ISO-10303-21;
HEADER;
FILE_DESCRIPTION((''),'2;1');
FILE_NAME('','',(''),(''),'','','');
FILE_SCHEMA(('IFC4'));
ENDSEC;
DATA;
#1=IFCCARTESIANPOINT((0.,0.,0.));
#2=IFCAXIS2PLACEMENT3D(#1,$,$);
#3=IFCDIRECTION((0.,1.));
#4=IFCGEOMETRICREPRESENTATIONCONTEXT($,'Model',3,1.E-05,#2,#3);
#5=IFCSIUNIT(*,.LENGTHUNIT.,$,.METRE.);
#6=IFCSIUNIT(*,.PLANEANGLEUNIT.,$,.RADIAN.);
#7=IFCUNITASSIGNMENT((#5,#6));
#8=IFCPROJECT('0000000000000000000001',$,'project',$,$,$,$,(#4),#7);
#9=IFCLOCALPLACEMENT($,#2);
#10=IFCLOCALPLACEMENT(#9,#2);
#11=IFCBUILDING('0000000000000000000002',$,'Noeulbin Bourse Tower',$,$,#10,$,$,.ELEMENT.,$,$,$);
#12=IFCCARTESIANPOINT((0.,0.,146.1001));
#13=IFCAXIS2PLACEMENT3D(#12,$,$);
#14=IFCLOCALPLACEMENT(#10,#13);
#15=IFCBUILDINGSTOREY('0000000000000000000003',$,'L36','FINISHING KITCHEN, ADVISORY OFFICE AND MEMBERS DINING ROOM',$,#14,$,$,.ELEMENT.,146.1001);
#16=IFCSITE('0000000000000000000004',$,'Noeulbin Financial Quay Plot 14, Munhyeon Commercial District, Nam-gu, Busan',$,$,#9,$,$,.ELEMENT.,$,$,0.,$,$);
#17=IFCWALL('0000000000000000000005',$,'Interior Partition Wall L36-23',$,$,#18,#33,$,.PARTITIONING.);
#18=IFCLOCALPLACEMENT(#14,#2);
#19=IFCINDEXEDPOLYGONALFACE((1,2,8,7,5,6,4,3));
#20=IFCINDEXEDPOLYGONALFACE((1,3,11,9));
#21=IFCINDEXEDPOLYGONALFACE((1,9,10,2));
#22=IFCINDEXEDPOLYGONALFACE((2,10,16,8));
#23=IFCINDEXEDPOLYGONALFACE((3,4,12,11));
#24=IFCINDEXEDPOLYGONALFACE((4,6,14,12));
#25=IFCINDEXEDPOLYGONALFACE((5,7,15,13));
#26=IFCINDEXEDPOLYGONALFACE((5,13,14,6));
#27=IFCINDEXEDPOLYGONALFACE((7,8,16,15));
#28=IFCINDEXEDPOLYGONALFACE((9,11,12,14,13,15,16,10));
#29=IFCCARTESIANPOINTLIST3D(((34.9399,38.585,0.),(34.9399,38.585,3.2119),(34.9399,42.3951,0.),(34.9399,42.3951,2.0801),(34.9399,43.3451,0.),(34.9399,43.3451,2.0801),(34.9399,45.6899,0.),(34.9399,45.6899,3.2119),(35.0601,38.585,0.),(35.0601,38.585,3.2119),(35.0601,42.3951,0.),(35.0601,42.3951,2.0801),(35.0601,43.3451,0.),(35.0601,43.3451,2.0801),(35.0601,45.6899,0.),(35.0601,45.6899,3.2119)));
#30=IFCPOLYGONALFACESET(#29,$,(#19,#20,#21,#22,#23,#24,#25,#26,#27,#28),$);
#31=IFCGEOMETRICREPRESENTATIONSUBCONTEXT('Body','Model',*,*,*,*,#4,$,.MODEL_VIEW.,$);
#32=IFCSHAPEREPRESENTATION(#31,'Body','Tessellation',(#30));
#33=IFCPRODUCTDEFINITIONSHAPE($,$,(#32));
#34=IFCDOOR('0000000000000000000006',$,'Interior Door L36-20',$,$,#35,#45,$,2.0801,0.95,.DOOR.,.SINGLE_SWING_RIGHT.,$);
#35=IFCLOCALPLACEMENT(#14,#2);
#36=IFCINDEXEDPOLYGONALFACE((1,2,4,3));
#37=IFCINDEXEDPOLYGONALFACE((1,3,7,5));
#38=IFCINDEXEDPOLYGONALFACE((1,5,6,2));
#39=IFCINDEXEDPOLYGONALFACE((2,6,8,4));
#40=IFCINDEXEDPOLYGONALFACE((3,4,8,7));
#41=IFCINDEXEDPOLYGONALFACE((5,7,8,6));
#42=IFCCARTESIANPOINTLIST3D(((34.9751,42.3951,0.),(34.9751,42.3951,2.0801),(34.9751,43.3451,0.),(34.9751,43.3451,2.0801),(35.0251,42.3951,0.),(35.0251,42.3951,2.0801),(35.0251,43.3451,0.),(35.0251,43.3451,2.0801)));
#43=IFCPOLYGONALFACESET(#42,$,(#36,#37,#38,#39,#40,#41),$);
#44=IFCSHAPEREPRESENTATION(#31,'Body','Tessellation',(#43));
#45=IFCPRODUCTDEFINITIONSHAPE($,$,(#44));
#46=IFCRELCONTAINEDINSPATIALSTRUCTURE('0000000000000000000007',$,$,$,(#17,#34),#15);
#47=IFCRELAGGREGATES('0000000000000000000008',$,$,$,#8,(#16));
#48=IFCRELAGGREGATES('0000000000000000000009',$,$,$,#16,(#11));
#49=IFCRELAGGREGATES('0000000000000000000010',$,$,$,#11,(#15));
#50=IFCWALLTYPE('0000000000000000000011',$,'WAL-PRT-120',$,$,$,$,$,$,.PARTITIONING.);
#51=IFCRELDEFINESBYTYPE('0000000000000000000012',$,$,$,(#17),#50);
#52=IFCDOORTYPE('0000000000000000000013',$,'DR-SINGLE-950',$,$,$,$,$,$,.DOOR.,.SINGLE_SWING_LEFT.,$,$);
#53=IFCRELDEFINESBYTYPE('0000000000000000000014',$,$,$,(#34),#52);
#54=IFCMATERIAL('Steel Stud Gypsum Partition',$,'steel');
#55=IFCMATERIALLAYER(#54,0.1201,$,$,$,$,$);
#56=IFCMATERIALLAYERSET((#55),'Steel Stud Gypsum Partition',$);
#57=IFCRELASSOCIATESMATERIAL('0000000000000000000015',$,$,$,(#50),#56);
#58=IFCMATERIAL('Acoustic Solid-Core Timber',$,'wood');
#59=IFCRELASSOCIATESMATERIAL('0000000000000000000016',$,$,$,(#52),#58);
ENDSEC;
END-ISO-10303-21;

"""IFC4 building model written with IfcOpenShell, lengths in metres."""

from ifc_helpers import new_model, si_unit, direction, frame, frame_2d, origin, place, context, subcontext, project, spatial, rectangle, extrude, material, layer, layer_set, type_object, element, fill, save


model = new_model("IFC4")

# Units and contexts
model_context = context("Model", 3, precision=1e-05, world=origin(), true_north=direction((0.0, 1.0)))
body_context = subcontext(model_context, "Body", "Model", "MODEL_VIEW")
ifc_project = project(units=[si_unit("LENGTHUNIT", "METRE"), si_unit("PLANEANGLEUNIT", "RADIAN")], contexts=[model_context])

# Site, building, storey
site_placement = place(None, origin())
site = spatial("IfcSite", under=ifc_project, at=site_placement, Name="Noeulbin Financial Quay Plot 14, Munhyeon Commercial District, Nam-gu, Busan", CompositionType="ELEMENT", RefElevation=0.0)
building_placement = place(site_placement, origin())
building = spatial("IfcBuilding", under=site, at=building_placement, Name="Noeulbin Bourse Tower", CompositionType="ELEMENT")
storey_placement = place(building_placement, frame((0.0, 0.0, 146.1001)))
storey = spatial("IfcBuildingStorey", under=building, at=storey_placement, Name="L36", Description="FINISHING KITCHEN, ADVISORY OFFICE AND MEMBERS DINING ROOM", CompositionType="ELEMENT", Elevation=146.1001)

# Wall, opening, door
ifc_material_1 = material(Name="Steel Stud Gypsum Partition", Category="steel")
ifc_layer_1 = layer(ifc_material_1, 0.1201)
ifc_layer_set_1 = layer_set([ifc_layer_1], Name="Steel Stud Gypsum Partition")
wall_type = type_object("IfcWallType", Name="WAL-PRT-120", PredefinedType="PARTITIONING", material=ifc_layer_set_1)
wall_placement = place(storey_placement, frame((35.0, 38.585, 0.0), z_axis=(0.0, 0.0, 1.0), x_axis=(0.0, 1.0, 0.0)))
wall = element("IfcWall", 1, at=wall_placement, inside=storey, type_object=wall_type, Name="Interior Partition Wall L36-23", PredefinedType="PARTITIONING", context=body_context, shape_type="SweptSolid", body=[
    extrude(rectangle(XDim=7.105, YDim=0.1201, at=frame_2d((3.5525, 0.0))), origin(), (0.0, 0.0, 1.0), 3.2119),
])
opening_placement = place(wall_placement, frame((3.8101, 0.0, 0.0)))
opening = element("IfcOpeningElement", 2, at=opening_placement, cuts=wall, PredefinedType="OPENING", context=body_context, shape_type="SweptSolid", body=[
    extrude(rectangle(XDim=0.95, YDim=2.0801, at=frame_2d((0.4751, 1.04))), frame((0.0, 0.0701, 0.0), z_axis=(0.0, -1.0, 0.0), x_axis=(1.0, 0.0, 0.0)), (0.0, 0.0, 1.0), 0.1401),
])
ifc_material_2 = material(Name="Acoustic Solid-Core Timber", Category="wood")
door_type = type_object("IfcDoorType", Name="DR-SINGLE-950", OperationType="SINGLE_SWING_LEFT", PredefinedType="DOOR", material=ifc_material_2)
door_placement = place(opening_placement, origin())
door = element("IfcDoor", 3, at=door_placement, inside=storey, type_object=door_type, Name="Interior Door L36-20", OperationType="SINGLE_SWING_RIGHT", OverallHeight=2.0801, OverallWidth=0.95, PredefinedType="DOOR", context=body_context, shape_type="SweptSolid", body=[
    extrude(rectangle(XDim=0.95, YDim=2.0801, at=frame_2d((0.4751, 1.04))), frame((0.0, 0.0249, 0.0), z_axis=(0.0, -1.0, 0.0), x_axis=(1.0, 0.0, 0.0)), (0.0, 0.0, 1.0), 0.05),
])
fill(opening, door)

save(model, "model.ifc")
